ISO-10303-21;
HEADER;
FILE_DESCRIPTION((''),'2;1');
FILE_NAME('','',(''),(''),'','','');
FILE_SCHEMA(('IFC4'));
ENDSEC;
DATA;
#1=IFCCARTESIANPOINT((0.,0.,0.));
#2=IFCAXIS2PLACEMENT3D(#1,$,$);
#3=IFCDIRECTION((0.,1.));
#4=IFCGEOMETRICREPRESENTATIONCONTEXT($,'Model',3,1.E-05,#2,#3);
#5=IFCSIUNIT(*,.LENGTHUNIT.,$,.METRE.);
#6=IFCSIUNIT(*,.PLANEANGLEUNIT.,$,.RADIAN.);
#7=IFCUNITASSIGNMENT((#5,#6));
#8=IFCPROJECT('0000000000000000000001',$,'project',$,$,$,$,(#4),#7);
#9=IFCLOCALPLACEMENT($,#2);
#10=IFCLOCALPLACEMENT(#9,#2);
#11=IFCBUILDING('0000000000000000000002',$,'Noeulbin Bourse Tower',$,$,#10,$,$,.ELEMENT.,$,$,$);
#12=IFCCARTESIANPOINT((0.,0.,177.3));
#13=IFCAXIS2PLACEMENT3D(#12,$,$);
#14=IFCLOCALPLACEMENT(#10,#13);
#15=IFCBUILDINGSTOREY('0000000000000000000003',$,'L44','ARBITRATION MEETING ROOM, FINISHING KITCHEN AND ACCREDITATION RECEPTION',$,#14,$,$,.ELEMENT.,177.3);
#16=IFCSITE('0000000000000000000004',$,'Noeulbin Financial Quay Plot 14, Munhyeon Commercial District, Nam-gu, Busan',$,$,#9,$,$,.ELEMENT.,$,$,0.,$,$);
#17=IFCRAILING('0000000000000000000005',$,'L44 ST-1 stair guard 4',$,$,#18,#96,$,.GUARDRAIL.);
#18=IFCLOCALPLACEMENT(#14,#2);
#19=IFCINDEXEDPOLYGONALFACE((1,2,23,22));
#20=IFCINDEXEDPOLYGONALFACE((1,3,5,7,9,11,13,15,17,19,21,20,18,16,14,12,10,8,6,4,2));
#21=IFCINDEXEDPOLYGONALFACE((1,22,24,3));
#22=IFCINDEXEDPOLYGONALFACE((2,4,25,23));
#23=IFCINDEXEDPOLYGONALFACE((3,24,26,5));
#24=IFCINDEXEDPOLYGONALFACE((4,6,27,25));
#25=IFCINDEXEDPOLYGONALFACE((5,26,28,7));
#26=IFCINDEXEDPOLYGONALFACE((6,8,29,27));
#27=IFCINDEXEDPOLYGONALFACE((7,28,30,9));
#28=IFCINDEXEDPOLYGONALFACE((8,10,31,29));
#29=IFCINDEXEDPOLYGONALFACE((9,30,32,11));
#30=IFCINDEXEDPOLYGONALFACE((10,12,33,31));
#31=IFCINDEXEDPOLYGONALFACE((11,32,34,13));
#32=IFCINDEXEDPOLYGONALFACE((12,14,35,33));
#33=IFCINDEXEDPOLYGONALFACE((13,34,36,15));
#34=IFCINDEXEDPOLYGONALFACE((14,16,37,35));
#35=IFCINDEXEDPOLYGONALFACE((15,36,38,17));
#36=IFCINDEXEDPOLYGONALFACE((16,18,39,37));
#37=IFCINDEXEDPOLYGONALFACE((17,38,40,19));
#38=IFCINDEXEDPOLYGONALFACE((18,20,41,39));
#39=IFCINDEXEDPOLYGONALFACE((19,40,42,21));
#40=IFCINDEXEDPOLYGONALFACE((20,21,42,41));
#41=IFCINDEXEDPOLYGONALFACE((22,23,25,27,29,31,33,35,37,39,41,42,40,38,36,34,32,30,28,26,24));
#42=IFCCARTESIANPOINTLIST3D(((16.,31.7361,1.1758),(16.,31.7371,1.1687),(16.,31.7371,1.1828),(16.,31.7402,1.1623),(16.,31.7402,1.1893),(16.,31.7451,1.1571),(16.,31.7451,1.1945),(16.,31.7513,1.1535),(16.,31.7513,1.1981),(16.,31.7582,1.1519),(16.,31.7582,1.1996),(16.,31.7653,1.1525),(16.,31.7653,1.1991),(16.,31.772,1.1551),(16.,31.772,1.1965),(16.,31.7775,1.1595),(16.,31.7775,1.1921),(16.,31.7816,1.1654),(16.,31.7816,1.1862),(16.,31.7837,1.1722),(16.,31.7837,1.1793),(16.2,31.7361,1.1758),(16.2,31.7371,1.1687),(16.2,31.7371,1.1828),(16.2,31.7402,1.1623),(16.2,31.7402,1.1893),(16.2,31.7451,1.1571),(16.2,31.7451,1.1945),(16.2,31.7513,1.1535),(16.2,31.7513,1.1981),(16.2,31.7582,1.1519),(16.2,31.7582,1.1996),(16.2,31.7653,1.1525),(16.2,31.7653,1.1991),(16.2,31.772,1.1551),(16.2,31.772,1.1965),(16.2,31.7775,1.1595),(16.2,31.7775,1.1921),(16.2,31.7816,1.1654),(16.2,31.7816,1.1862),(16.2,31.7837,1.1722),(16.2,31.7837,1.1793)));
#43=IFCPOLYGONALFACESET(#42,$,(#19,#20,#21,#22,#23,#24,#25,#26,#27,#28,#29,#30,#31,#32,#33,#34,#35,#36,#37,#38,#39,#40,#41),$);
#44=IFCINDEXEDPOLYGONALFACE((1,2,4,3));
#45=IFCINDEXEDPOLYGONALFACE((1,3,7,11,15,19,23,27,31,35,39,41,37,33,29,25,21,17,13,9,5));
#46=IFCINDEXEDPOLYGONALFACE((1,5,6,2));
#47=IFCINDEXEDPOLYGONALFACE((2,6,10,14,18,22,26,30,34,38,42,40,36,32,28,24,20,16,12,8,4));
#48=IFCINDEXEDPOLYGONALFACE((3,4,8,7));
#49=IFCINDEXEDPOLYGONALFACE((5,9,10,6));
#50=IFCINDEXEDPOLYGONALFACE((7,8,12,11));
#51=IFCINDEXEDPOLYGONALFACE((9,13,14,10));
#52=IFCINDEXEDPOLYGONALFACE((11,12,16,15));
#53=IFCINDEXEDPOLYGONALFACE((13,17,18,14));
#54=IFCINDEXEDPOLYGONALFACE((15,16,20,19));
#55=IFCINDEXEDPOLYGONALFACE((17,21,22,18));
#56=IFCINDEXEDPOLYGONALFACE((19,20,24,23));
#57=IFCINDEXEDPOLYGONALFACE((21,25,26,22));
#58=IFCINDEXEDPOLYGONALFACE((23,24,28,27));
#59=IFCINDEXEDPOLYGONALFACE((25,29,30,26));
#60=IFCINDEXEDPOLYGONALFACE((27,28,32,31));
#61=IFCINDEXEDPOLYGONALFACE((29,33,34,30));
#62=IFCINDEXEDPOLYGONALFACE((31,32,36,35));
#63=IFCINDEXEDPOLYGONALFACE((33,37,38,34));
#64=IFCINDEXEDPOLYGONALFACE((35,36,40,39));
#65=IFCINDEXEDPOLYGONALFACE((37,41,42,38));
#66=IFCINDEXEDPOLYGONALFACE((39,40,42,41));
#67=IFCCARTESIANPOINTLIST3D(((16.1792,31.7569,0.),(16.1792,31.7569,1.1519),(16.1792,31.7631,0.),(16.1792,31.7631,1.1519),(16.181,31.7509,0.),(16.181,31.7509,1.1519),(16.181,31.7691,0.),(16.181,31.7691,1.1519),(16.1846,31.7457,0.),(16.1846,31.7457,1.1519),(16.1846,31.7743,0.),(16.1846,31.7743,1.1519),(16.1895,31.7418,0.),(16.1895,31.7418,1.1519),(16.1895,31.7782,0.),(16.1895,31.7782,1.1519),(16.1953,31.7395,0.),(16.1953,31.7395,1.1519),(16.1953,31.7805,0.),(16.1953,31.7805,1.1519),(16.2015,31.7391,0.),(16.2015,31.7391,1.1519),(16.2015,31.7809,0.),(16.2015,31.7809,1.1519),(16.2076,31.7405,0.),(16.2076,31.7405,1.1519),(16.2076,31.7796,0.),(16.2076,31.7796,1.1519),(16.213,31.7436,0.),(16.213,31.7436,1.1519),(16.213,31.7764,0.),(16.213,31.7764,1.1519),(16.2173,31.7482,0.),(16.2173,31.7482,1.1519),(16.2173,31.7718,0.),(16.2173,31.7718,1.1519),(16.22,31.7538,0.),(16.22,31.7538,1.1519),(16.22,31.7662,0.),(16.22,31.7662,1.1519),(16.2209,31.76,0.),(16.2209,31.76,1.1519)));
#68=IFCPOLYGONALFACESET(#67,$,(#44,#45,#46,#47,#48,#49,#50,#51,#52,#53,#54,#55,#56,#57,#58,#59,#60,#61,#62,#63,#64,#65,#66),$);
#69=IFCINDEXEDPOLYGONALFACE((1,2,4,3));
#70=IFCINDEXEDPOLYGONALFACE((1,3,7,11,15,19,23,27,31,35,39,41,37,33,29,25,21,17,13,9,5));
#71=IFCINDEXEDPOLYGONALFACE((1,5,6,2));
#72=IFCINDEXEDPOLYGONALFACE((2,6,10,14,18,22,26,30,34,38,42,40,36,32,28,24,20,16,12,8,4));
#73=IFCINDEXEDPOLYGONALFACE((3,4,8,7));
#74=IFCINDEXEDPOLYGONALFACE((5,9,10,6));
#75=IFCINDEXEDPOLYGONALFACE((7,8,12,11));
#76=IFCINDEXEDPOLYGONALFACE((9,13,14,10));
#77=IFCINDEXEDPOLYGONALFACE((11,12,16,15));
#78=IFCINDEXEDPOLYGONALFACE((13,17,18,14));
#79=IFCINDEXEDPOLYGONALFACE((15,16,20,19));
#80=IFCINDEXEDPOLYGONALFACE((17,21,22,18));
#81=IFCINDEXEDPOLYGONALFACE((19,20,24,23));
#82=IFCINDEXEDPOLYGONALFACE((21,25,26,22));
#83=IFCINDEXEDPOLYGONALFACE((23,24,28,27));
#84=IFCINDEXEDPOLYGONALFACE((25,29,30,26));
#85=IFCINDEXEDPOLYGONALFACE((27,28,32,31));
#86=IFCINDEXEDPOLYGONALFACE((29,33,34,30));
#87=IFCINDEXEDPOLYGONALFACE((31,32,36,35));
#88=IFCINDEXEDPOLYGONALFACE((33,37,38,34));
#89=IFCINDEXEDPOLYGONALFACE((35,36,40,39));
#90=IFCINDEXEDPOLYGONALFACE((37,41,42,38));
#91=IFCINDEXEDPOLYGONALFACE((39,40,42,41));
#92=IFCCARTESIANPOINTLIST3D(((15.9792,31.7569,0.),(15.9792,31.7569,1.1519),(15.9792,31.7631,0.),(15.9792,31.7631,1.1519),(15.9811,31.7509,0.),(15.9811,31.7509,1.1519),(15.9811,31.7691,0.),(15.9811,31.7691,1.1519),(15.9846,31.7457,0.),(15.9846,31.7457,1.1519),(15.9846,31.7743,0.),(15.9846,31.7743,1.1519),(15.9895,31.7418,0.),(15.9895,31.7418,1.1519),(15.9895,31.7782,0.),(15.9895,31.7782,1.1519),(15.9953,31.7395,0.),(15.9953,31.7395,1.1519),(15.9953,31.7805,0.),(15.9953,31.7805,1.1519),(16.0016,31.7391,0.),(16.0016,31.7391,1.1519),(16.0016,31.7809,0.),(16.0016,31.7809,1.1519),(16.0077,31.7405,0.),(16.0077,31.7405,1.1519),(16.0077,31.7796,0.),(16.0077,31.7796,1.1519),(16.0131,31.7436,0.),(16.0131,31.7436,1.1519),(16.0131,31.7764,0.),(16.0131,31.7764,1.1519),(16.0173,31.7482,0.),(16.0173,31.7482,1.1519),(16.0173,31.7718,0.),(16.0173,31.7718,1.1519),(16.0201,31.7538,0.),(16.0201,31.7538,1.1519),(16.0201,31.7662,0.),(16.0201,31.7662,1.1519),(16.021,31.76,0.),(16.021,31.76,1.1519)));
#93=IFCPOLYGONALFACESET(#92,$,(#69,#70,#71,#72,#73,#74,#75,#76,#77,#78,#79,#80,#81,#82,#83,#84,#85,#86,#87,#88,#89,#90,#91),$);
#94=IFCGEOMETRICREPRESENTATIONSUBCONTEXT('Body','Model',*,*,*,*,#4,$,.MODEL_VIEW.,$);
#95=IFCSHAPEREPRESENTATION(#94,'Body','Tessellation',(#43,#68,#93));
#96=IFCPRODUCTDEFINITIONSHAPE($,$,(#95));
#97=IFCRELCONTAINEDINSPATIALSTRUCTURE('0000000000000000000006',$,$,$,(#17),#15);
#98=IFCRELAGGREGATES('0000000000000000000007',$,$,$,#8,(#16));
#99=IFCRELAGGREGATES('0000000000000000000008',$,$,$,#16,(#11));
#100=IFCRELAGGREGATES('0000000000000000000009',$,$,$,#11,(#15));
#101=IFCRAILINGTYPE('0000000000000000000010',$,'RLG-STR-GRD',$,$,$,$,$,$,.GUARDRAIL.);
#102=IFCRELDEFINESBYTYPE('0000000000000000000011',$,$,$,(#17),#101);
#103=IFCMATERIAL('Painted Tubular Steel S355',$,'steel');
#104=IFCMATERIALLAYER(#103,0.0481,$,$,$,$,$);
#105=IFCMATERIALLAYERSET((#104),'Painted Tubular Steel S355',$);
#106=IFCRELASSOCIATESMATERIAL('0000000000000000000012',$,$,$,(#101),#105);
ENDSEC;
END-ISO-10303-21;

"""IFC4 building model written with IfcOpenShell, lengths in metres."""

from ifc_helpers import new_model, si_unit, direction, frame, origin, origin_2d, place, context, subcontext, project, spatial, circle, extrude, material, layer, layer_set, type_object, element, save


model = new_model("IFC4")

# Units and contexts
model_context = context("Model", 3, precision=1e-05, world=origin(), true_north=direction((0.0, 1.0)))
body_context = subcontext(model_context, "Body", "Model", "MODEL_VIEW")
ifc_project = project(units=[si_unit("LENGTHUNIT", "METRE"), si_unit("PLANEANGLEUNIT", "RADIAN")], contexts=[model_context])

# Site, building, storey
site_placement = place(None, origin())
site = spatial("IfcSite", under=ifc_project, at=site_placement, Name="Noeulbin Financial Quay Plot 14, Munhyeon Commercial District, Nam-gu, Busan", CompositionType="ELEMENT", RefElevation=0.0)
building_placement = place(site_placement, origin())
building = spatial("IfcBuilding", under=site, at=building_placement, Name="Noeulbin Bourse Tower", CompositionType="ELEMENT")
storey_placement = place(building_placement, frame((0.0, 0.0, 177.3)))
storey = spatial("IfcBuildingStorey", under=building, at=storey_placement, Name="L44", Description="ARBITRATION MEETING ROOM, FINISHING KITCHEN AND ACCREDITATION RECEPTION", CompositionType="ELEMENT", Elevation=177.3)

# Railing
ifc_material_1 = material(Name="Painted Tubular Steel S355", Category="steel")
ifc_layer_1 = layer(ifc_material_1, 0.0481)
ifc_layer_set_1 = layer_set([ifc_layer_1], Name="Painted Tubular Steel S355")
railing_type_1 = type_object("IfcRailingType", Name="RLG-STR-GRD", PredefinedType="GUARDRAIL", material=ifc_layer_set_1)
railing_1_placement = place(storey_placement, frame((16.2, 31.76, 0.0)))
element("IfcRailing", 1, at=railing_1_placement, inside=storey, type_object=railing_type_1, Name="L44 ST-1 stair guard 4", PredefinedType="GUARDRAIL", context=body_context, shape_type="SweptSolid", body=[
    extrude(circle(Radius=0.0239, at=origin_2d()), frame((0.0, 0.0, 1.1758), z_axis=(-1.0, 0.0, 0.0), x_axis=(0.0, -1.0, 0.0)), (0.0, 0.0, 1.0), 0.2),
    extrude(circle(Radius=0.021, at=origin_2d()), origin(), (0.0, 0.0, 1.0), 1.1519),
    extrude(circle(Radius=0.021, at=origin_2d()), frame((-0.2, 0.0, 0.0)), (0.0, 0.0, 1.0), 1.1519),
])

save(model, "model.ifc")
